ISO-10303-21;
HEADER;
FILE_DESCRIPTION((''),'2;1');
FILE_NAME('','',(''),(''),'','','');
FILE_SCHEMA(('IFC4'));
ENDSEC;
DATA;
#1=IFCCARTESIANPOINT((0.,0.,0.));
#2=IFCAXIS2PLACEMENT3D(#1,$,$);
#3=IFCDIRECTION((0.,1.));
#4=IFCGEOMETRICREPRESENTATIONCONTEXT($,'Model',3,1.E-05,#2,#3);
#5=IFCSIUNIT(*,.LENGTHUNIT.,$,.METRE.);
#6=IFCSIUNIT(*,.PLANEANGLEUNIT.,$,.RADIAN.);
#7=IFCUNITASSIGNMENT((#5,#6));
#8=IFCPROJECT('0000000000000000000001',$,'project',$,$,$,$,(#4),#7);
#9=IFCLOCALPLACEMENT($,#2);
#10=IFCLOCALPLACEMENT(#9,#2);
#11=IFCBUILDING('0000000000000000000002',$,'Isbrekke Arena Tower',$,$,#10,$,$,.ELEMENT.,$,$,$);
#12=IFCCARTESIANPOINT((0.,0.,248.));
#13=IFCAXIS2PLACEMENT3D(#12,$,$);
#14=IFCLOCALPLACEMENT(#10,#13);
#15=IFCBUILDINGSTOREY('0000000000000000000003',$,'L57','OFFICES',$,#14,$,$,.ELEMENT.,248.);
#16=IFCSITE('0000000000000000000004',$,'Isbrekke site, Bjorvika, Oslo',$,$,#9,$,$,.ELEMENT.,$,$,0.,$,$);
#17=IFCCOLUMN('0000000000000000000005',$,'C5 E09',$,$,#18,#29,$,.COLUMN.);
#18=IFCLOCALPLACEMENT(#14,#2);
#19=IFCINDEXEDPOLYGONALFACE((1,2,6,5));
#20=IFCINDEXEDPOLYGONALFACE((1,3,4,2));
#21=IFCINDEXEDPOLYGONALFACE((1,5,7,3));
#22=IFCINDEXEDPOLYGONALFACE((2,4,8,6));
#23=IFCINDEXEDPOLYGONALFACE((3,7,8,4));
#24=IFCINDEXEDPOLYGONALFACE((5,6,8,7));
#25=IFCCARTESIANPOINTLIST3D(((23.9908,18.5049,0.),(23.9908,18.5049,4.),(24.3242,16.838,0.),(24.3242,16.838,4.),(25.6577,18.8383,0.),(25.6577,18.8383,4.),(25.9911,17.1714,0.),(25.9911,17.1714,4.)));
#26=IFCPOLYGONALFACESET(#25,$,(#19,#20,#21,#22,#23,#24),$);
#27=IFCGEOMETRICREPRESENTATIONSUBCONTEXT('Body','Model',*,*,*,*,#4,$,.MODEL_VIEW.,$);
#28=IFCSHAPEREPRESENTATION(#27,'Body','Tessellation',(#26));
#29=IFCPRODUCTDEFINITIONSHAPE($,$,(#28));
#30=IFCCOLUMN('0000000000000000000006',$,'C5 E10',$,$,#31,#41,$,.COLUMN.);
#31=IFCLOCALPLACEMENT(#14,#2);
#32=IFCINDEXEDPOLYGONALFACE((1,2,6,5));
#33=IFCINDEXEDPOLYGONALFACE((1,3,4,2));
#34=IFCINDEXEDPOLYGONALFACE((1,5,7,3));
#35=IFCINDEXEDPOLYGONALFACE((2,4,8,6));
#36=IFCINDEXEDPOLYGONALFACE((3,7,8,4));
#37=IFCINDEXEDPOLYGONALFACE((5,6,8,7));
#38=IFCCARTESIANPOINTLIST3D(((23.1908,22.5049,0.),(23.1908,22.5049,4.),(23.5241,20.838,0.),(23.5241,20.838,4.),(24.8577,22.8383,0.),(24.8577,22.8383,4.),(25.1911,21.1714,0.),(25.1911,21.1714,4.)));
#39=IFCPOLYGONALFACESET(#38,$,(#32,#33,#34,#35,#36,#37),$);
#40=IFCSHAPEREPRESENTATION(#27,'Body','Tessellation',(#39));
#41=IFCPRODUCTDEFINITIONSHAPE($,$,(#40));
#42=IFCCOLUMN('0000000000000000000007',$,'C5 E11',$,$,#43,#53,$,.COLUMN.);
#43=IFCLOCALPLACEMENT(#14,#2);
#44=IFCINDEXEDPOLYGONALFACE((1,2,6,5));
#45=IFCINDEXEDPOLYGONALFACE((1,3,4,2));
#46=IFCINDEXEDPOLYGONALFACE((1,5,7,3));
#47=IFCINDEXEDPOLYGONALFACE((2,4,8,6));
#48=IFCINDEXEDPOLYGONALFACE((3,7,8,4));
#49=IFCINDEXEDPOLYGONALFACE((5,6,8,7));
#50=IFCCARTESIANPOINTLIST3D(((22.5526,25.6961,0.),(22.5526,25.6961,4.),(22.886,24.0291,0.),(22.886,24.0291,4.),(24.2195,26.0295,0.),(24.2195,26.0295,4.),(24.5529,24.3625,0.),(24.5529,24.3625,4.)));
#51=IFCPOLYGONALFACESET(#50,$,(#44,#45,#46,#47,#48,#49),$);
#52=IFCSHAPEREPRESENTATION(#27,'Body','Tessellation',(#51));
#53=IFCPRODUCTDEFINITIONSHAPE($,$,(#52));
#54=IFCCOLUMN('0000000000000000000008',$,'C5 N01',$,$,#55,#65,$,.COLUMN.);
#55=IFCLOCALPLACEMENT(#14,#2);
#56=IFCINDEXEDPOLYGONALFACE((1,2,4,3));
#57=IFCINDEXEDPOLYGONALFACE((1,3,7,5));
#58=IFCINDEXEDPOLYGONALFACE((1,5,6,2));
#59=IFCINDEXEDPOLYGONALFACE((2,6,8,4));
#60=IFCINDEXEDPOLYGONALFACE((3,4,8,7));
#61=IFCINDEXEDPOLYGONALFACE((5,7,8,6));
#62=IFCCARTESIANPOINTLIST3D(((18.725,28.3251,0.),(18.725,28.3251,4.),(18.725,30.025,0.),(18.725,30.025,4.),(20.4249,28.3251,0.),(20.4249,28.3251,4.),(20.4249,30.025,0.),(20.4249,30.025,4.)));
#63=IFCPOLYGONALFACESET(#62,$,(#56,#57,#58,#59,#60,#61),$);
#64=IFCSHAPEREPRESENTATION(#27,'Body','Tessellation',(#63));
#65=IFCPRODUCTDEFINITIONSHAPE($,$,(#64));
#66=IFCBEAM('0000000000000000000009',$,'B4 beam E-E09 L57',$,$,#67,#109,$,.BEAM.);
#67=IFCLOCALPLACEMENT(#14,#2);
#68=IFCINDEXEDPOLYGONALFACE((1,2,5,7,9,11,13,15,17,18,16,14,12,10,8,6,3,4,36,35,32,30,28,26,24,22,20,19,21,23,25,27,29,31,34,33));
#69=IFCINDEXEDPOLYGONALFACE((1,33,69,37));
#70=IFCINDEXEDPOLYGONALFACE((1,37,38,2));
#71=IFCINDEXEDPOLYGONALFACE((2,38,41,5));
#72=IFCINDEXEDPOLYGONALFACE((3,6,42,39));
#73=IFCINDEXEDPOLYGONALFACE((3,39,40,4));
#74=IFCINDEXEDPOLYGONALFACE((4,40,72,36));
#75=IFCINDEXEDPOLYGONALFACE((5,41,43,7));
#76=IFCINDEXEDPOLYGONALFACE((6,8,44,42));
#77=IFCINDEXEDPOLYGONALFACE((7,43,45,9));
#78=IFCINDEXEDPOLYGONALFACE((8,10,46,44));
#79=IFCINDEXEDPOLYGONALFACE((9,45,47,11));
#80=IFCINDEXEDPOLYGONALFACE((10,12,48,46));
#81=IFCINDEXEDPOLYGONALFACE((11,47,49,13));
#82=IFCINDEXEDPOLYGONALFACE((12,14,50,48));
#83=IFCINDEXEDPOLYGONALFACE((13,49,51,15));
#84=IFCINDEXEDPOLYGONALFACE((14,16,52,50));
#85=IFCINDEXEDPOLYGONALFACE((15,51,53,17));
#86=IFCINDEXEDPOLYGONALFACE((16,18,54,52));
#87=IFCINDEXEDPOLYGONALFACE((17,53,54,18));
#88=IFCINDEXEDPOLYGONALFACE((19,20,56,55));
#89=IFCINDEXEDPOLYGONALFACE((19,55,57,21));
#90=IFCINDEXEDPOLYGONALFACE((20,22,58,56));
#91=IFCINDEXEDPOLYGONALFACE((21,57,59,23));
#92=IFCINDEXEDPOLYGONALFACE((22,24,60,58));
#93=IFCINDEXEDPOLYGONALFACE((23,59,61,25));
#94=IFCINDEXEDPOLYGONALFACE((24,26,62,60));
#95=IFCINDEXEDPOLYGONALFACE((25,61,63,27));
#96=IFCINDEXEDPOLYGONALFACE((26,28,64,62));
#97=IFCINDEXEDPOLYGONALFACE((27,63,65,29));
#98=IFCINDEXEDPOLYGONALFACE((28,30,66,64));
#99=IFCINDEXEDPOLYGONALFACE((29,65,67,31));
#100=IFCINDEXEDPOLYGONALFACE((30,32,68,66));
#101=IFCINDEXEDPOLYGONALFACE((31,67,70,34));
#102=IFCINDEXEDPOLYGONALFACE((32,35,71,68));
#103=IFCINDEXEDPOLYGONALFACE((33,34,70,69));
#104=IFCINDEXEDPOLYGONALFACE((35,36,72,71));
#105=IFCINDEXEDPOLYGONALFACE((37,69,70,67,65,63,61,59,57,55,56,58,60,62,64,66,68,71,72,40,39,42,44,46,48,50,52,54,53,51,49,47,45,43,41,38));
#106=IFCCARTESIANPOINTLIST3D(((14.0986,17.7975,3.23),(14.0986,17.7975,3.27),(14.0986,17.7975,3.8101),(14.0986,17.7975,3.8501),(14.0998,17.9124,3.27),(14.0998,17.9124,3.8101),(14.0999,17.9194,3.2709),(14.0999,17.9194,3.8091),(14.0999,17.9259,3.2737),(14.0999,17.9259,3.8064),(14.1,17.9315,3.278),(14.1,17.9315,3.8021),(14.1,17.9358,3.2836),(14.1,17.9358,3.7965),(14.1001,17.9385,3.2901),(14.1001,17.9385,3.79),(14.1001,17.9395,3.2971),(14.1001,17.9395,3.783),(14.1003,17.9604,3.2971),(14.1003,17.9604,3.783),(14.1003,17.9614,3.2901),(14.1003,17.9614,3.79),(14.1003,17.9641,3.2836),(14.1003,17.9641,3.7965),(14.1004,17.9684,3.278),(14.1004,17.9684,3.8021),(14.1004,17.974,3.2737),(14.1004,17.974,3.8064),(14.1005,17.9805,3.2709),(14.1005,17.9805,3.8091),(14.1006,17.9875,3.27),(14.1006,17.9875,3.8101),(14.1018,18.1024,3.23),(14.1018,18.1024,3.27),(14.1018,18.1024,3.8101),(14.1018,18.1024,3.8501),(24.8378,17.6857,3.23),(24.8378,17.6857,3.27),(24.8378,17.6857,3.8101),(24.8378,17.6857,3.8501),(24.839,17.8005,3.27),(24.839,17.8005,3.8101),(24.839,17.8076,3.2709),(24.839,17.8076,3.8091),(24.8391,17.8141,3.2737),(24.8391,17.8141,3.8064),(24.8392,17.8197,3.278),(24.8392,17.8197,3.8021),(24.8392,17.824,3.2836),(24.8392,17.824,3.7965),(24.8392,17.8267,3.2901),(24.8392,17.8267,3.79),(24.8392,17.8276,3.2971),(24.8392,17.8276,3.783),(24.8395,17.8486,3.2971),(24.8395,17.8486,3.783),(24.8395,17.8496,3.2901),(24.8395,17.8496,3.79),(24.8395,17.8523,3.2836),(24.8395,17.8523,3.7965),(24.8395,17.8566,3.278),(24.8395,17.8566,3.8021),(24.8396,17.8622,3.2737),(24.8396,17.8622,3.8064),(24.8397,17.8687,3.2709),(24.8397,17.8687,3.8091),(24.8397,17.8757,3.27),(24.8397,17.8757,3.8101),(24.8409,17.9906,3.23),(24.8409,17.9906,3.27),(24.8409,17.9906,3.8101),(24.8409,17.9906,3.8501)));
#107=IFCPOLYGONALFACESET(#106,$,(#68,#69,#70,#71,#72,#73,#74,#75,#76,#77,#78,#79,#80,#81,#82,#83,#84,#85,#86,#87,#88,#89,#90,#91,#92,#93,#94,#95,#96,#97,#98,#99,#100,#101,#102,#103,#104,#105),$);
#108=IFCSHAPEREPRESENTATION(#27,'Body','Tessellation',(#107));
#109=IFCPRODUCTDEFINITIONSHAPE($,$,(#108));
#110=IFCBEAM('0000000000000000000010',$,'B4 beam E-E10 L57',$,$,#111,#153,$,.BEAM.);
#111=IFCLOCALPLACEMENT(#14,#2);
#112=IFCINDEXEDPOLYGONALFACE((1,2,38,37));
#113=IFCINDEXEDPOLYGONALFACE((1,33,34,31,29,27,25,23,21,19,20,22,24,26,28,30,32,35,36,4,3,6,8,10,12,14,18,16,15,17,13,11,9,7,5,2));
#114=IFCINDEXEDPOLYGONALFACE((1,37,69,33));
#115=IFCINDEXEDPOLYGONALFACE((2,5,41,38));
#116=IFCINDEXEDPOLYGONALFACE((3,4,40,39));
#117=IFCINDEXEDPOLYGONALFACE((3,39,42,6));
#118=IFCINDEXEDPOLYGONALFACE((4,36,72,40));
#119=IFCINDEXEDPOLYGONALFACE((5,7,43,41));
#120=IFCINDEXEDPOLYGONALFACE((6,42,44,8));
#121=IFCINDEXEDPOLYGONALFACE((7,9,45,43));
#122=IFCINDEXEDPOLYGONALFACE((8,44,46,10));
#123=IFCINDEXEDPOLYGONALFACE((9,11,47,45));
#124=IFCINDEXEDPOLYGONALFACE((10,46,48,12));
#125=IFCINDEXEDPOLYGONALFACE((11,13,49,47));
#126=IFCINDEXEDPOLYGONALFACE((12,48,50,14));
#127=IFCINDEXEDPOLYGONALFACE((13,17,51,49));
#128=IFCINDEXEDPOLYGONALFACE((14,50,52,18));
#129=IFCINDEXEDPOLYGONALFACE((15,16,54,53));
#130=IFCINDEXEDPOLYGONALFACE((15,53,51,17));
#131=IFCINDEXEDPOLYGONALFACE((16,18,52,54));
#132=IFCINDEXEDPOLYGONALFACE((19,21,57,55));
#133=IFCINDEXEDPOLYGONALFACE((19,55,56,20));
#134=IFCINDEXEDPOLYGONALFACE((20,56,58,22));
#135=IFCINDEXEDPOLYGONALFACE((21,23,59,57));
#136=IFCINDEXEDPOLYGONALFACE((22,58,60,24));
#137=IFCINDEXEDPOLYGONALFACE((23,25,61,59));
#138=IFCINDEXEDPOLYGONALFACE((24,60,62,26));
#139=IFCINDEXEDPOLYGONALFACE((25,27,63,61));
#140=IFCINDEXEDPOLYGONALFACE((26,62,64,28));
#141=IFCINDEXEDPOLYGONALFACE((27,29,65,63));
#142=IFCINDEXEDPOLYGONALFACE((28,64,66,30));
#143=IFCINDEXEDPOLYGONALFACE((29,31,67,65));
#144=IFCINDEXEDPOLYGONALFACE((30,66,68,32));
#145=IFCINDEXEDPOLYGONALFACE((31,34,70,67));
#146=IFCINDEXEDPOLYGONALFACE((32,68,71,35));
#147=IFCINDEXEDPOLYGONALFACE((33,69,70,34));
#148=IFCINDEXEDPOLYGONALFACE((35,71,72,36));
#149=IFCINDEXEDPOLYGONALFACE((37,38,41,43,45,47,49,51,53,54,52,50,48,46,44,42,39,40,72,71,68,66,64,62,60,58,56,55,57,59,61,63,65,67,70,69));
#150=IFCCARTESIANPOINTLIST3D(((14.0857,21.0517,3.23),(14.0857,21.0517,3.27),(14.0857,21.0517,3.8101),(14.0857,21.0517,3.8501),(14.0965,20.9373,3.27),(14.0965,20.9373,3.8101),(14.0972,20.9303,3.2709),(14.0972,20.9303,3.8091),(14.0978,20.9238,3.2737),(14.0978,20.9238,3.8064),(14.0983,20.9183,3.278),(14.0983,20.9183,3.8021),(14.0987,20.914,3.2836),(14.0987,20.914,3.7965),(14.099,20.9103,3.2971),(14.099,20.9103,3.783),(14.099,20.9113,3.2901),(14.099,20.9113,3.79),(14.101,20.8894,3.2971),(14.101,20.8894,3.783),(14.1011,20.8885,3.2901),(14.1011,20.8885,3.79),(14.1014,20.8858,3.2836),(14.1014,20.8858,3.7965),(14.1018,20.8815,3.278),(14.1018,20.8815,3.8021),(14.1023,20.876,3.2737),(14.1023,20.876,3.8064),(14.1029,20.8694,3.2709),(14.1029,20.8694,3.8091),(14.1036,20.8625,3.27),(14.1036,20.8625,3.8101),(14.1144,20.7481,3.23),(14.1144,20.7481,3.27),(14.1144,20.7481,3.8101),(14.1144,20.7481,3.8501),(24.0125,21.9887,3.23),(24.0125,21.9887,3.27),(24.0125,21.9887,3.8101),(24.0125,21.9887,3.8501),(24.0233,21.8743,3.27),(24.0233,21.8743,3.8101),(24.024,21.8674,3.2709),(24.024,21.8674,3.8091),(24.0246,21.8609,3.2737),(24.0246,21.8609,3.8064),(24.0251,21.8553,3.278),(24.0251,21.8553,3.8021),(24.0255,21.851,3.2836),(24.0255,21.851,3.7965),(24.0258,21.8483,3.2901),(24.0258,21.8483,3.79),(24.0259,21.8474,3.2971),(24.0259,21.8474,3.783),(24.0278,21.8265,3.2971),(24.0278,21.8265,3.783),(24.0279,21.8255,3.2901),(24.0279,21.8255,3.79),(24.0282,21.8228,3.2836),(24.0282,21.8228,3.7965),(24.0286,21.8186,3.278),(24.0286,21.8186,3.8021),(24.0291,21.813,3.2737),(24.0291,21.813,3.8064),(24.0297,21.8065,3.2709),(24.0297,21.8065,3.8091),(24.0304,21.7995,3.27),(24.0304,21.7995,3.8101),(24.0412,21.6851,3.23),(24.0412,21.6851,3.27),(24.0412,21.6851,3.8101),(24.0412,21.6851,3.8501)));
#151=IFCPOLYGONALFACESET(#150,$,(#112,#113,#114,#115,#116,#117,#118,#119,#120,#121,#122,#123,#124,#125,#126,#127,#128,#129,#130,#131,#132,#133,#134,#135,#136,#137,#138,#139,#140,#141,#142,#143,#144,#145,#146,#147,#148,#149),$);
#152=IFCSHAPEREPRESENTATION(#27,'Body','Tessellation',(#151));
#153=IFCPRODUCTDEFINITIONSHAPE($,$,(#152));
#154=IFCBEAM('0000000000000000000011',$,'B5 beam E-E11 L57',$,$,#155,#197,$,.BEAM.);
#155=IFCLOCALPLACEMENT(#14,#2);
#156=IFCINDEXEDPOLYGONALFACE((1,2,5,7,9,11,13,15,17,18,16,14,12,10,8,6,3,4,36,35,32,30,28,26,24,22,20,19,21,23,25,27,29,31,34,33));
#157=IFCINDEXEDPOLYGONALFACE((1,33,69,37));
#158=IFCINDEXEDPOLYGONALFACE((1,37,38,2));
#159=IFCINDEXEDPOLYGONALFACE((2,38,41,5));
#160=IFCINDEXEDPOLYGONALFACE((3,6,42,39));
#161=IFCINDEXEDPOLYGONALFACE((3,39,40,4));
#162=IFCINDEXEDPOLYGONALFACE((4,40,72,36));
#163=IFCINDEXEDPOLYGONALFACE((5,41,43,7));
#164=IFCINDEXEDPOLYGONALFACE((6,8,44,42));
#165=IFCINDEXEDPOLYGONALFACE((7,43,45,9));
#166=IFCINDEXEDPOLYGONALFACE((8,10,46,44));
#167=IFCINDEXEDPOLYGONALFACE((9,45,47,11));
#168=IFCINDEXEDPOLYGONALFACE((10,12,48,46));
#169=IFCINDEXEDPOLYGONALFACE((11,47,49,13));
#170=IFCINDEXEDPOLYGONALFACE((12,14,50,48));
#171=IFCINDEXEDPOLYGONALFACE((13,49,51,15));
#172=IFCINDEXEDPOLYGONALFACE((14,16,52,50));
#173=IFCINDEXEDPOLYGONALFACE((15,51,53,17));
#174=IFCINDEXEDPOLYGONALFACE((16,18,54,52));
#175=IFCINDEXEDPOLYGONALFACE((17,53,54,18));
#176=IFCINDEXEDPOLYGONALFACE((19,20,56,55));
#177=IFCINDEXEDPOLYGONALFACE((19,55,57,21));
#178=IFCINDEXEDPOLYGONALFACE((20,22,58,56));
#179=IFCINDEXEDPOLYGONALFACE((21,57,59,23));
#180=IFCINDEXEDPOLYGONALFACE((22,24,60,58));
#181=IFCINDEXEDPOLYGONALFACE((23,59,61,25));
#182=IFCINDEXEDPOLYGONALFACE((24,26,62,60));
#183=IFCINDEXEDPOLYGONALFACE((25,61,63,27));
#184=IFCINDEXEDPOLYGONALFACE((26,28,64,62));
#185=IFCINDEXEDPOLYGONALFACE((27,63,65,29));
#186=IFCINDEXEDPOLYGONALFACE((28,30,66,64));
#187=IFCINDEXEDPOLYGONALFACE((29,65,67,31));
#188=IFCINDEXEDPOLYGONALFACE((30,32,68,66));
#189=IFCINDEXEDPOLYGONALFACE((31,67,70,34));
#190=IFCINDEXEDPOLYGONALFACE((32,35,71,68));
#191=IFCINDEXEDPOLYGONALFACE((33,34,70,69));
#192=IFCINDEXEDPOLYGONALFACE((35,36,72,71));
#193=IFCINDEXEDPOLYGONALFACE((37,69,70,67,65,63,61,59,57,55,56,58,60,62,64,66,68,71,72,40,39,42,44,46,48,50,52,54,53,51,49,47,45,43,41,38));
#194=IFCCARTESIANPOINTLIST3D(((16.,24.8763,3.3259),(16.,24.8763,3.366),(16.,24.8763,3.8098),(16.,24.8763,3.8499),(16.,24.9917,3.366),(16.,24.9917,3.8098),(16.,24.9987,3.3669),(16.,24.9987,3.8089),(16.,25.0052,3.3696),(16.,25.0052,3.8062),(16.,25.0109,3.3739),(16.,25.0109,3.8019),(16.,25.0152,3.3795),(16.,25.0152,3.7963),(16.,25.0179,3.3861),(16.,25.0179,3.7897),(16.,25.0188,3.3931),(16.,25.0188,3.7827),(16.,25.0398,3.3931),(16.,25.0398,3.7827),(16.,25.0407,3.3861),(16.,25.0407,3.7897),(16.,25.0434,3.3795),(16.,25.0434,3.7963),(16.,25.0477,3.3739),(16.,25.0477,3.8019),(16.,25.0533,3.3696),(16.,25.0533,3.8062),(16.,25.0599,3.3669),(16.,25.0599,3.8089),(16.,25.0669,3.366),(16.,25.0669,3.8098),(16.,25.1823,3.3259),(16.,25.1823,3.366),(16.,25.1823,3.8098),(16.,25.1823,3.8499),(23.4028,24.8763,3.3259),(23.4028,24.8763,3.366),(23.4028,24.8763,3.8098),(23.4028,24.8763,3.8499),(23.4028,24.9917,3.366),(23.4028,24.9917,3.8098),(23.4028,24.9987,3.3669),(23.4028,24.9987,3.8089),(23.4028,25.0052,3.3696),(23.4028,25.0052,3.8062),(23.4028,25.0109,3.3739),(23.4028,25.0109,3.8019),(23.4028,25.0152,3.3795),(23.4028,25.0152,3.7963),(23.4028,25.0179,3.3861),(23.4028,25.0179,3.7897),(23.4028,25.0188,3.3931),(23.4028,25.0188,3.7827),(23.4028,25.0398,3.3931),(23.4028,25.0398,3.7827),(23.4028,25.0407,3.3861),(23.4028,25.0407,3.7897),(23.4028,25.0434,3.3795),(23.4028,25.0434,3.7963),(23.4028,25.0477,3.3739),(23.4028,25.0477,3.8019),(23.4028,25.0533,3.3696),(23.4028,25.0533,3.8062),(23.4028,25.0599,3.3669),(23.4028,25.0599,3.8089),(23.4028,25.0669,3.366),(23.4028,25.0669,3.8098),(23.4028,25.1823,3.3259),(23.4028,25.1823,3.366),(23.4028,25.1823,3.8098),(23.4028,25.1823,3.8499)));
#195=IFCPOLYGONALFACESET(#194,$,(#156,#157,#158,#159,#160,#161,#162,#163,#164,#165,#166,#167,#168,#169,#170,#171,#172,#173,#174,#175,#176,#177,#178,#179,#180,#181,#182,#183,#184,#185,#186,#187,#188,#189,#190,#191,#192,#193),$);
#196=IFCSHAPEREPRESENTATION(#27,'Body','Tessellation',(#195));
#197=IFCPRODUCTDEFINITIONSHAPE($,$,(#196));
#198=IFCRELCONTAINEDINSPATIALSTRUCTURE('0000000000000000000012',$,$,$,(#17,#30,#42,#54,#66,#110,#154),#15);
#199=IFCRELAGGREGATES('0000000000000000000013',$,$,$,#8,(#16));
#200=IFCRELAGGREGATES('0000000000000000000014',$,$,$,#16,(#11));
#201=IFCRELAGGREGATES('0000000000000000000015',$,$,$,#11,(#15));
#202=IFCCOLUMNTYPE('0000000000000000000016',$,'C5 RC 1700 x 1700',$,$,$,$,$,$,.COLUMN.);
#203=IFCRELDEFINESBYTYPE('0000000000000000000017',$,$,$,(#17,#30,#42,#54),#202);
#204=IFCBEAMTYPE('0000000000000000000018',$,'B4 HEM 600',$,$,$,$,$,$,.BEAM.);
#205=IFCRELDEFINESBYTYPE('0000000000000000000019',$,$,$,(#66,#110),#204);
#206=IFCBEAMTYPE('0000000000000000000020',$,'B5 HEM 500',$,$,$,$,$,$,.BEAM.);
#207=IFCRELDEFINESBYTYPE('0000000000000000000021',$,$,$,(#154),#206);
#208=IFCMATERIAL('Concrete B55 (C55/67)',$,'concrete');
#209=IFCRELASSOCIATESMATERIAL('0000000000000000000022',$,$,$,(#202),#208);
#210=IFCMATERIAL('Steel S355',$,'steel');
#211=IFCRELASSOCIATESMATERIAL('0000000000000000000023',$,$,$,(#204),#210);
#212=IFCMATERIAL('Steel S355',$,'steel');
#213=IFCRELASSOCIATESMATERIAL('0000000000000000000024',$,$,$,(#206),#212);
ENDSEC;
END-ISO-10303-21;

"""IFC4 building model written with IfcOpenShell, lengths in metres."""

from ifc_helpers import new_model, si_unit, direction, frame, origin, origin_2d, place, context, subcontext, project, spatial, rectangle, i_section, extrude, material, material_profile, profile_set, type_object, element, save


model = new_model("IFC4")

# Units and contexts
model_context = context("Model", 3, precision=1e-05, world=origin(), true_north=direction((0.0, 1.0)))
body_context = subcontext(model_context, "Body", "Model", "MODEL_VIEW")
ifc_project = project(units=[si_unit("LENGTHUNIT", "METRE"), si_unit("PLANEANGLEUNIT", "RADIAN")], contexts=[model_context])

# Site, building, storey
site_placement = place(None, origin())
site = spatial("IfcSite", under=ifc_project, at=site_placement, Name="Isbrekke site, Bjorvika, Oslo", CompositionType="ELEMENT", RefElevation=0.0)
building_placement = place(site_placement, origin())
building = spatial("IfcBuilding", under=site, at=building_placement, Name="Isbrekke Arena Tower", CompositionType="ELEMENT")
storey_placement = place(building_placement, frame((0.0, 0.0, 248.0)))
storey = spatial("IfcBuildingStorey", under=building, at=storey_placement, Name="L57", Description="OFFICES", CompositionType="ELEMENT", Elevation=248.0)

# Columns
ifc_material_1 = material(Name="Concrete B55 (C55/67)", Category="concrete")
ifc_material_profile_1 = material_profile(ifc_material_1, rectangle(XDim=1.7, YDim=1.7, at=origin_2d()), Name="RC 1700x1700")
ifc_profile_set_1 = profile_set([ifc_material_profile_1], Name="Concrete B55 (C55/67)")
column_type = type_object("IfcColumnType", Name="C5 RC 1700 x 1700", PredefinedType="COLUMN", material=ifc_profile_set_1)
for number, where, z_axis, x_axis, name in (
    (1, (24.991, 17.8381, 0.0), (0.0, 0.0, 1.0), (-0.196116, 0.980581, 0.0), "C5 E09"),
    (2, (24.1909, 21.8381, 0.0), (0.0, 0.0, 1.0), (-0.196116, 0.980581, 0.0), "C5 E10"),
    (3, (23.5527, 25.0293, 0.0), (0.0, 0.0, 1.0), (-0.196116, 0.980581, 0.0), "C5 E11"),
    (4, (19.575, 29.175, 0.0), (0.0, 0.0, 1.0), (-1.0, 0.0, 0.0), "C5 N01"),
):
    element("IfcColumn", number, at=place(storey_placement, frame(where, z_axis=z_axis, x_axis=x_axis)), inside=storey, type_object=column_type, Name=name, PredefinedType="COLUMN", context=body_context, shape_type="SweptSolid", body=[
        extrude(rectangle(XDim=1.7, YDim=1.7, at=origin_2d()), origin(), (0.0, 0.0, 1.0), 4.0),
    ])

# Beams
ifc_material_2 = material(Name="Steel S355", Category="steel")
ifc_material_profile_2 = material_profile(ifc_material_2, i_section(OverallWidth=0.3049, OverallDepth=0.6201, WebThickness=0.021, FlangeThickness=0.04, FilletRadius=0.0271, at=origin_2d()), Name="HEM 600")
ifc_profile_set_2 = profile_set([ifc_material_profile_2], Name="Steel S355")
beam_type_1 = type_object("IfcBeamType", Name="B4 HEM 600", PredefinedType="BEAM", material=ifc_profile_set_2)
beam_1_placement = place(storey_placement, frame((24.8394, 17.8381, 3.54), z_axis=(-0.999946, 0.010411, 0.0), x_axis=(-0.010411, -0.999946, 0.0)))
element("IfcBeam", 5, at=beam_1_placement, inside=storey, type_object=beam_type_1, Name="B4 beam E-E09 L57", PredefinedType="BEAM", context=body_context, shape_type="SweptSolid", body=[
    extrude(i_section(OverallWidth=0.3049, OverallDepth=0.6201, WebThickness=0.021, FlangeThickness=0.04, FilletRadius=0.0271, at=origin_2d()), origin(), (0.0, 0.0, 1.0), 10.7397),
])
beam_2_placement = place(storey_placement, frame((24.0269, 21.8369, 3.54), z_axis=(-0.995575, -0.093975, 0.0), x_axis=(0.093975, -0.995575, 0.0)))
element("IfcBeam", 6, at=beam_2_placement, inside=storey, type_object=beam_type_1, Name="B4 beam E-E10 L57", PredefinedType="BEAM", context=body_context, shape_type="SweptSolid", body=[
    extrude(i_section(OverallWidth=0.3049, OverallDepth=0.6201, WebThickness=0.021, FlangeThickness=0.04, FilletRadius=0.0271, at=origin_2d()), origin(), (0.0, 0.0, 1.0), 9.9709),
])
ifc_material_3 = material(Name="Steel S355", Category="steel")
ifc_material_profile_3 = material_profile(ifc_material_3, i_section(OverallWidth=0.3059, OverallDepth=0.5239, WebThickness=0.021, FlangeThickness=0.04, FilletRadius=0.0271, at=origin_2d()), Name="HEM 500")
ifc_profile_set_3 = profile_set([ifc_material_profile_3], Name="Steel S355")
beam_type_2 = type_object("IfcBeamType", Name="B5 HEM 500", PredefinedType="BEAM", material=ifc_profile_set_3)
beam_3_placement = place(storey_placement, frame((23.4028, 25.0293, 3.5879), z_axis=(-1.0, 0.0, 0.0), x_axis=(0.0, -1.0, 0.0)))
element("IfcBeam", 7, at=beam_3_placement, inside=storey, type_object=beam_type_2, Name="B5 beam E-E11 L57", PredefinedType="BEAM", context=body_context, shape_type="SweptSolid", body=[
    extrude(i_section(OverallWidth=0.3059, OverallDepth=0.5239, WebThickness=0.021, FlangeThickness=0.04, FilletRadius=0.0271, at=origin_2d()), origin(), (0.0, 0.0, 1.0), 7.4028),
])

save(model, "model.ifc")
